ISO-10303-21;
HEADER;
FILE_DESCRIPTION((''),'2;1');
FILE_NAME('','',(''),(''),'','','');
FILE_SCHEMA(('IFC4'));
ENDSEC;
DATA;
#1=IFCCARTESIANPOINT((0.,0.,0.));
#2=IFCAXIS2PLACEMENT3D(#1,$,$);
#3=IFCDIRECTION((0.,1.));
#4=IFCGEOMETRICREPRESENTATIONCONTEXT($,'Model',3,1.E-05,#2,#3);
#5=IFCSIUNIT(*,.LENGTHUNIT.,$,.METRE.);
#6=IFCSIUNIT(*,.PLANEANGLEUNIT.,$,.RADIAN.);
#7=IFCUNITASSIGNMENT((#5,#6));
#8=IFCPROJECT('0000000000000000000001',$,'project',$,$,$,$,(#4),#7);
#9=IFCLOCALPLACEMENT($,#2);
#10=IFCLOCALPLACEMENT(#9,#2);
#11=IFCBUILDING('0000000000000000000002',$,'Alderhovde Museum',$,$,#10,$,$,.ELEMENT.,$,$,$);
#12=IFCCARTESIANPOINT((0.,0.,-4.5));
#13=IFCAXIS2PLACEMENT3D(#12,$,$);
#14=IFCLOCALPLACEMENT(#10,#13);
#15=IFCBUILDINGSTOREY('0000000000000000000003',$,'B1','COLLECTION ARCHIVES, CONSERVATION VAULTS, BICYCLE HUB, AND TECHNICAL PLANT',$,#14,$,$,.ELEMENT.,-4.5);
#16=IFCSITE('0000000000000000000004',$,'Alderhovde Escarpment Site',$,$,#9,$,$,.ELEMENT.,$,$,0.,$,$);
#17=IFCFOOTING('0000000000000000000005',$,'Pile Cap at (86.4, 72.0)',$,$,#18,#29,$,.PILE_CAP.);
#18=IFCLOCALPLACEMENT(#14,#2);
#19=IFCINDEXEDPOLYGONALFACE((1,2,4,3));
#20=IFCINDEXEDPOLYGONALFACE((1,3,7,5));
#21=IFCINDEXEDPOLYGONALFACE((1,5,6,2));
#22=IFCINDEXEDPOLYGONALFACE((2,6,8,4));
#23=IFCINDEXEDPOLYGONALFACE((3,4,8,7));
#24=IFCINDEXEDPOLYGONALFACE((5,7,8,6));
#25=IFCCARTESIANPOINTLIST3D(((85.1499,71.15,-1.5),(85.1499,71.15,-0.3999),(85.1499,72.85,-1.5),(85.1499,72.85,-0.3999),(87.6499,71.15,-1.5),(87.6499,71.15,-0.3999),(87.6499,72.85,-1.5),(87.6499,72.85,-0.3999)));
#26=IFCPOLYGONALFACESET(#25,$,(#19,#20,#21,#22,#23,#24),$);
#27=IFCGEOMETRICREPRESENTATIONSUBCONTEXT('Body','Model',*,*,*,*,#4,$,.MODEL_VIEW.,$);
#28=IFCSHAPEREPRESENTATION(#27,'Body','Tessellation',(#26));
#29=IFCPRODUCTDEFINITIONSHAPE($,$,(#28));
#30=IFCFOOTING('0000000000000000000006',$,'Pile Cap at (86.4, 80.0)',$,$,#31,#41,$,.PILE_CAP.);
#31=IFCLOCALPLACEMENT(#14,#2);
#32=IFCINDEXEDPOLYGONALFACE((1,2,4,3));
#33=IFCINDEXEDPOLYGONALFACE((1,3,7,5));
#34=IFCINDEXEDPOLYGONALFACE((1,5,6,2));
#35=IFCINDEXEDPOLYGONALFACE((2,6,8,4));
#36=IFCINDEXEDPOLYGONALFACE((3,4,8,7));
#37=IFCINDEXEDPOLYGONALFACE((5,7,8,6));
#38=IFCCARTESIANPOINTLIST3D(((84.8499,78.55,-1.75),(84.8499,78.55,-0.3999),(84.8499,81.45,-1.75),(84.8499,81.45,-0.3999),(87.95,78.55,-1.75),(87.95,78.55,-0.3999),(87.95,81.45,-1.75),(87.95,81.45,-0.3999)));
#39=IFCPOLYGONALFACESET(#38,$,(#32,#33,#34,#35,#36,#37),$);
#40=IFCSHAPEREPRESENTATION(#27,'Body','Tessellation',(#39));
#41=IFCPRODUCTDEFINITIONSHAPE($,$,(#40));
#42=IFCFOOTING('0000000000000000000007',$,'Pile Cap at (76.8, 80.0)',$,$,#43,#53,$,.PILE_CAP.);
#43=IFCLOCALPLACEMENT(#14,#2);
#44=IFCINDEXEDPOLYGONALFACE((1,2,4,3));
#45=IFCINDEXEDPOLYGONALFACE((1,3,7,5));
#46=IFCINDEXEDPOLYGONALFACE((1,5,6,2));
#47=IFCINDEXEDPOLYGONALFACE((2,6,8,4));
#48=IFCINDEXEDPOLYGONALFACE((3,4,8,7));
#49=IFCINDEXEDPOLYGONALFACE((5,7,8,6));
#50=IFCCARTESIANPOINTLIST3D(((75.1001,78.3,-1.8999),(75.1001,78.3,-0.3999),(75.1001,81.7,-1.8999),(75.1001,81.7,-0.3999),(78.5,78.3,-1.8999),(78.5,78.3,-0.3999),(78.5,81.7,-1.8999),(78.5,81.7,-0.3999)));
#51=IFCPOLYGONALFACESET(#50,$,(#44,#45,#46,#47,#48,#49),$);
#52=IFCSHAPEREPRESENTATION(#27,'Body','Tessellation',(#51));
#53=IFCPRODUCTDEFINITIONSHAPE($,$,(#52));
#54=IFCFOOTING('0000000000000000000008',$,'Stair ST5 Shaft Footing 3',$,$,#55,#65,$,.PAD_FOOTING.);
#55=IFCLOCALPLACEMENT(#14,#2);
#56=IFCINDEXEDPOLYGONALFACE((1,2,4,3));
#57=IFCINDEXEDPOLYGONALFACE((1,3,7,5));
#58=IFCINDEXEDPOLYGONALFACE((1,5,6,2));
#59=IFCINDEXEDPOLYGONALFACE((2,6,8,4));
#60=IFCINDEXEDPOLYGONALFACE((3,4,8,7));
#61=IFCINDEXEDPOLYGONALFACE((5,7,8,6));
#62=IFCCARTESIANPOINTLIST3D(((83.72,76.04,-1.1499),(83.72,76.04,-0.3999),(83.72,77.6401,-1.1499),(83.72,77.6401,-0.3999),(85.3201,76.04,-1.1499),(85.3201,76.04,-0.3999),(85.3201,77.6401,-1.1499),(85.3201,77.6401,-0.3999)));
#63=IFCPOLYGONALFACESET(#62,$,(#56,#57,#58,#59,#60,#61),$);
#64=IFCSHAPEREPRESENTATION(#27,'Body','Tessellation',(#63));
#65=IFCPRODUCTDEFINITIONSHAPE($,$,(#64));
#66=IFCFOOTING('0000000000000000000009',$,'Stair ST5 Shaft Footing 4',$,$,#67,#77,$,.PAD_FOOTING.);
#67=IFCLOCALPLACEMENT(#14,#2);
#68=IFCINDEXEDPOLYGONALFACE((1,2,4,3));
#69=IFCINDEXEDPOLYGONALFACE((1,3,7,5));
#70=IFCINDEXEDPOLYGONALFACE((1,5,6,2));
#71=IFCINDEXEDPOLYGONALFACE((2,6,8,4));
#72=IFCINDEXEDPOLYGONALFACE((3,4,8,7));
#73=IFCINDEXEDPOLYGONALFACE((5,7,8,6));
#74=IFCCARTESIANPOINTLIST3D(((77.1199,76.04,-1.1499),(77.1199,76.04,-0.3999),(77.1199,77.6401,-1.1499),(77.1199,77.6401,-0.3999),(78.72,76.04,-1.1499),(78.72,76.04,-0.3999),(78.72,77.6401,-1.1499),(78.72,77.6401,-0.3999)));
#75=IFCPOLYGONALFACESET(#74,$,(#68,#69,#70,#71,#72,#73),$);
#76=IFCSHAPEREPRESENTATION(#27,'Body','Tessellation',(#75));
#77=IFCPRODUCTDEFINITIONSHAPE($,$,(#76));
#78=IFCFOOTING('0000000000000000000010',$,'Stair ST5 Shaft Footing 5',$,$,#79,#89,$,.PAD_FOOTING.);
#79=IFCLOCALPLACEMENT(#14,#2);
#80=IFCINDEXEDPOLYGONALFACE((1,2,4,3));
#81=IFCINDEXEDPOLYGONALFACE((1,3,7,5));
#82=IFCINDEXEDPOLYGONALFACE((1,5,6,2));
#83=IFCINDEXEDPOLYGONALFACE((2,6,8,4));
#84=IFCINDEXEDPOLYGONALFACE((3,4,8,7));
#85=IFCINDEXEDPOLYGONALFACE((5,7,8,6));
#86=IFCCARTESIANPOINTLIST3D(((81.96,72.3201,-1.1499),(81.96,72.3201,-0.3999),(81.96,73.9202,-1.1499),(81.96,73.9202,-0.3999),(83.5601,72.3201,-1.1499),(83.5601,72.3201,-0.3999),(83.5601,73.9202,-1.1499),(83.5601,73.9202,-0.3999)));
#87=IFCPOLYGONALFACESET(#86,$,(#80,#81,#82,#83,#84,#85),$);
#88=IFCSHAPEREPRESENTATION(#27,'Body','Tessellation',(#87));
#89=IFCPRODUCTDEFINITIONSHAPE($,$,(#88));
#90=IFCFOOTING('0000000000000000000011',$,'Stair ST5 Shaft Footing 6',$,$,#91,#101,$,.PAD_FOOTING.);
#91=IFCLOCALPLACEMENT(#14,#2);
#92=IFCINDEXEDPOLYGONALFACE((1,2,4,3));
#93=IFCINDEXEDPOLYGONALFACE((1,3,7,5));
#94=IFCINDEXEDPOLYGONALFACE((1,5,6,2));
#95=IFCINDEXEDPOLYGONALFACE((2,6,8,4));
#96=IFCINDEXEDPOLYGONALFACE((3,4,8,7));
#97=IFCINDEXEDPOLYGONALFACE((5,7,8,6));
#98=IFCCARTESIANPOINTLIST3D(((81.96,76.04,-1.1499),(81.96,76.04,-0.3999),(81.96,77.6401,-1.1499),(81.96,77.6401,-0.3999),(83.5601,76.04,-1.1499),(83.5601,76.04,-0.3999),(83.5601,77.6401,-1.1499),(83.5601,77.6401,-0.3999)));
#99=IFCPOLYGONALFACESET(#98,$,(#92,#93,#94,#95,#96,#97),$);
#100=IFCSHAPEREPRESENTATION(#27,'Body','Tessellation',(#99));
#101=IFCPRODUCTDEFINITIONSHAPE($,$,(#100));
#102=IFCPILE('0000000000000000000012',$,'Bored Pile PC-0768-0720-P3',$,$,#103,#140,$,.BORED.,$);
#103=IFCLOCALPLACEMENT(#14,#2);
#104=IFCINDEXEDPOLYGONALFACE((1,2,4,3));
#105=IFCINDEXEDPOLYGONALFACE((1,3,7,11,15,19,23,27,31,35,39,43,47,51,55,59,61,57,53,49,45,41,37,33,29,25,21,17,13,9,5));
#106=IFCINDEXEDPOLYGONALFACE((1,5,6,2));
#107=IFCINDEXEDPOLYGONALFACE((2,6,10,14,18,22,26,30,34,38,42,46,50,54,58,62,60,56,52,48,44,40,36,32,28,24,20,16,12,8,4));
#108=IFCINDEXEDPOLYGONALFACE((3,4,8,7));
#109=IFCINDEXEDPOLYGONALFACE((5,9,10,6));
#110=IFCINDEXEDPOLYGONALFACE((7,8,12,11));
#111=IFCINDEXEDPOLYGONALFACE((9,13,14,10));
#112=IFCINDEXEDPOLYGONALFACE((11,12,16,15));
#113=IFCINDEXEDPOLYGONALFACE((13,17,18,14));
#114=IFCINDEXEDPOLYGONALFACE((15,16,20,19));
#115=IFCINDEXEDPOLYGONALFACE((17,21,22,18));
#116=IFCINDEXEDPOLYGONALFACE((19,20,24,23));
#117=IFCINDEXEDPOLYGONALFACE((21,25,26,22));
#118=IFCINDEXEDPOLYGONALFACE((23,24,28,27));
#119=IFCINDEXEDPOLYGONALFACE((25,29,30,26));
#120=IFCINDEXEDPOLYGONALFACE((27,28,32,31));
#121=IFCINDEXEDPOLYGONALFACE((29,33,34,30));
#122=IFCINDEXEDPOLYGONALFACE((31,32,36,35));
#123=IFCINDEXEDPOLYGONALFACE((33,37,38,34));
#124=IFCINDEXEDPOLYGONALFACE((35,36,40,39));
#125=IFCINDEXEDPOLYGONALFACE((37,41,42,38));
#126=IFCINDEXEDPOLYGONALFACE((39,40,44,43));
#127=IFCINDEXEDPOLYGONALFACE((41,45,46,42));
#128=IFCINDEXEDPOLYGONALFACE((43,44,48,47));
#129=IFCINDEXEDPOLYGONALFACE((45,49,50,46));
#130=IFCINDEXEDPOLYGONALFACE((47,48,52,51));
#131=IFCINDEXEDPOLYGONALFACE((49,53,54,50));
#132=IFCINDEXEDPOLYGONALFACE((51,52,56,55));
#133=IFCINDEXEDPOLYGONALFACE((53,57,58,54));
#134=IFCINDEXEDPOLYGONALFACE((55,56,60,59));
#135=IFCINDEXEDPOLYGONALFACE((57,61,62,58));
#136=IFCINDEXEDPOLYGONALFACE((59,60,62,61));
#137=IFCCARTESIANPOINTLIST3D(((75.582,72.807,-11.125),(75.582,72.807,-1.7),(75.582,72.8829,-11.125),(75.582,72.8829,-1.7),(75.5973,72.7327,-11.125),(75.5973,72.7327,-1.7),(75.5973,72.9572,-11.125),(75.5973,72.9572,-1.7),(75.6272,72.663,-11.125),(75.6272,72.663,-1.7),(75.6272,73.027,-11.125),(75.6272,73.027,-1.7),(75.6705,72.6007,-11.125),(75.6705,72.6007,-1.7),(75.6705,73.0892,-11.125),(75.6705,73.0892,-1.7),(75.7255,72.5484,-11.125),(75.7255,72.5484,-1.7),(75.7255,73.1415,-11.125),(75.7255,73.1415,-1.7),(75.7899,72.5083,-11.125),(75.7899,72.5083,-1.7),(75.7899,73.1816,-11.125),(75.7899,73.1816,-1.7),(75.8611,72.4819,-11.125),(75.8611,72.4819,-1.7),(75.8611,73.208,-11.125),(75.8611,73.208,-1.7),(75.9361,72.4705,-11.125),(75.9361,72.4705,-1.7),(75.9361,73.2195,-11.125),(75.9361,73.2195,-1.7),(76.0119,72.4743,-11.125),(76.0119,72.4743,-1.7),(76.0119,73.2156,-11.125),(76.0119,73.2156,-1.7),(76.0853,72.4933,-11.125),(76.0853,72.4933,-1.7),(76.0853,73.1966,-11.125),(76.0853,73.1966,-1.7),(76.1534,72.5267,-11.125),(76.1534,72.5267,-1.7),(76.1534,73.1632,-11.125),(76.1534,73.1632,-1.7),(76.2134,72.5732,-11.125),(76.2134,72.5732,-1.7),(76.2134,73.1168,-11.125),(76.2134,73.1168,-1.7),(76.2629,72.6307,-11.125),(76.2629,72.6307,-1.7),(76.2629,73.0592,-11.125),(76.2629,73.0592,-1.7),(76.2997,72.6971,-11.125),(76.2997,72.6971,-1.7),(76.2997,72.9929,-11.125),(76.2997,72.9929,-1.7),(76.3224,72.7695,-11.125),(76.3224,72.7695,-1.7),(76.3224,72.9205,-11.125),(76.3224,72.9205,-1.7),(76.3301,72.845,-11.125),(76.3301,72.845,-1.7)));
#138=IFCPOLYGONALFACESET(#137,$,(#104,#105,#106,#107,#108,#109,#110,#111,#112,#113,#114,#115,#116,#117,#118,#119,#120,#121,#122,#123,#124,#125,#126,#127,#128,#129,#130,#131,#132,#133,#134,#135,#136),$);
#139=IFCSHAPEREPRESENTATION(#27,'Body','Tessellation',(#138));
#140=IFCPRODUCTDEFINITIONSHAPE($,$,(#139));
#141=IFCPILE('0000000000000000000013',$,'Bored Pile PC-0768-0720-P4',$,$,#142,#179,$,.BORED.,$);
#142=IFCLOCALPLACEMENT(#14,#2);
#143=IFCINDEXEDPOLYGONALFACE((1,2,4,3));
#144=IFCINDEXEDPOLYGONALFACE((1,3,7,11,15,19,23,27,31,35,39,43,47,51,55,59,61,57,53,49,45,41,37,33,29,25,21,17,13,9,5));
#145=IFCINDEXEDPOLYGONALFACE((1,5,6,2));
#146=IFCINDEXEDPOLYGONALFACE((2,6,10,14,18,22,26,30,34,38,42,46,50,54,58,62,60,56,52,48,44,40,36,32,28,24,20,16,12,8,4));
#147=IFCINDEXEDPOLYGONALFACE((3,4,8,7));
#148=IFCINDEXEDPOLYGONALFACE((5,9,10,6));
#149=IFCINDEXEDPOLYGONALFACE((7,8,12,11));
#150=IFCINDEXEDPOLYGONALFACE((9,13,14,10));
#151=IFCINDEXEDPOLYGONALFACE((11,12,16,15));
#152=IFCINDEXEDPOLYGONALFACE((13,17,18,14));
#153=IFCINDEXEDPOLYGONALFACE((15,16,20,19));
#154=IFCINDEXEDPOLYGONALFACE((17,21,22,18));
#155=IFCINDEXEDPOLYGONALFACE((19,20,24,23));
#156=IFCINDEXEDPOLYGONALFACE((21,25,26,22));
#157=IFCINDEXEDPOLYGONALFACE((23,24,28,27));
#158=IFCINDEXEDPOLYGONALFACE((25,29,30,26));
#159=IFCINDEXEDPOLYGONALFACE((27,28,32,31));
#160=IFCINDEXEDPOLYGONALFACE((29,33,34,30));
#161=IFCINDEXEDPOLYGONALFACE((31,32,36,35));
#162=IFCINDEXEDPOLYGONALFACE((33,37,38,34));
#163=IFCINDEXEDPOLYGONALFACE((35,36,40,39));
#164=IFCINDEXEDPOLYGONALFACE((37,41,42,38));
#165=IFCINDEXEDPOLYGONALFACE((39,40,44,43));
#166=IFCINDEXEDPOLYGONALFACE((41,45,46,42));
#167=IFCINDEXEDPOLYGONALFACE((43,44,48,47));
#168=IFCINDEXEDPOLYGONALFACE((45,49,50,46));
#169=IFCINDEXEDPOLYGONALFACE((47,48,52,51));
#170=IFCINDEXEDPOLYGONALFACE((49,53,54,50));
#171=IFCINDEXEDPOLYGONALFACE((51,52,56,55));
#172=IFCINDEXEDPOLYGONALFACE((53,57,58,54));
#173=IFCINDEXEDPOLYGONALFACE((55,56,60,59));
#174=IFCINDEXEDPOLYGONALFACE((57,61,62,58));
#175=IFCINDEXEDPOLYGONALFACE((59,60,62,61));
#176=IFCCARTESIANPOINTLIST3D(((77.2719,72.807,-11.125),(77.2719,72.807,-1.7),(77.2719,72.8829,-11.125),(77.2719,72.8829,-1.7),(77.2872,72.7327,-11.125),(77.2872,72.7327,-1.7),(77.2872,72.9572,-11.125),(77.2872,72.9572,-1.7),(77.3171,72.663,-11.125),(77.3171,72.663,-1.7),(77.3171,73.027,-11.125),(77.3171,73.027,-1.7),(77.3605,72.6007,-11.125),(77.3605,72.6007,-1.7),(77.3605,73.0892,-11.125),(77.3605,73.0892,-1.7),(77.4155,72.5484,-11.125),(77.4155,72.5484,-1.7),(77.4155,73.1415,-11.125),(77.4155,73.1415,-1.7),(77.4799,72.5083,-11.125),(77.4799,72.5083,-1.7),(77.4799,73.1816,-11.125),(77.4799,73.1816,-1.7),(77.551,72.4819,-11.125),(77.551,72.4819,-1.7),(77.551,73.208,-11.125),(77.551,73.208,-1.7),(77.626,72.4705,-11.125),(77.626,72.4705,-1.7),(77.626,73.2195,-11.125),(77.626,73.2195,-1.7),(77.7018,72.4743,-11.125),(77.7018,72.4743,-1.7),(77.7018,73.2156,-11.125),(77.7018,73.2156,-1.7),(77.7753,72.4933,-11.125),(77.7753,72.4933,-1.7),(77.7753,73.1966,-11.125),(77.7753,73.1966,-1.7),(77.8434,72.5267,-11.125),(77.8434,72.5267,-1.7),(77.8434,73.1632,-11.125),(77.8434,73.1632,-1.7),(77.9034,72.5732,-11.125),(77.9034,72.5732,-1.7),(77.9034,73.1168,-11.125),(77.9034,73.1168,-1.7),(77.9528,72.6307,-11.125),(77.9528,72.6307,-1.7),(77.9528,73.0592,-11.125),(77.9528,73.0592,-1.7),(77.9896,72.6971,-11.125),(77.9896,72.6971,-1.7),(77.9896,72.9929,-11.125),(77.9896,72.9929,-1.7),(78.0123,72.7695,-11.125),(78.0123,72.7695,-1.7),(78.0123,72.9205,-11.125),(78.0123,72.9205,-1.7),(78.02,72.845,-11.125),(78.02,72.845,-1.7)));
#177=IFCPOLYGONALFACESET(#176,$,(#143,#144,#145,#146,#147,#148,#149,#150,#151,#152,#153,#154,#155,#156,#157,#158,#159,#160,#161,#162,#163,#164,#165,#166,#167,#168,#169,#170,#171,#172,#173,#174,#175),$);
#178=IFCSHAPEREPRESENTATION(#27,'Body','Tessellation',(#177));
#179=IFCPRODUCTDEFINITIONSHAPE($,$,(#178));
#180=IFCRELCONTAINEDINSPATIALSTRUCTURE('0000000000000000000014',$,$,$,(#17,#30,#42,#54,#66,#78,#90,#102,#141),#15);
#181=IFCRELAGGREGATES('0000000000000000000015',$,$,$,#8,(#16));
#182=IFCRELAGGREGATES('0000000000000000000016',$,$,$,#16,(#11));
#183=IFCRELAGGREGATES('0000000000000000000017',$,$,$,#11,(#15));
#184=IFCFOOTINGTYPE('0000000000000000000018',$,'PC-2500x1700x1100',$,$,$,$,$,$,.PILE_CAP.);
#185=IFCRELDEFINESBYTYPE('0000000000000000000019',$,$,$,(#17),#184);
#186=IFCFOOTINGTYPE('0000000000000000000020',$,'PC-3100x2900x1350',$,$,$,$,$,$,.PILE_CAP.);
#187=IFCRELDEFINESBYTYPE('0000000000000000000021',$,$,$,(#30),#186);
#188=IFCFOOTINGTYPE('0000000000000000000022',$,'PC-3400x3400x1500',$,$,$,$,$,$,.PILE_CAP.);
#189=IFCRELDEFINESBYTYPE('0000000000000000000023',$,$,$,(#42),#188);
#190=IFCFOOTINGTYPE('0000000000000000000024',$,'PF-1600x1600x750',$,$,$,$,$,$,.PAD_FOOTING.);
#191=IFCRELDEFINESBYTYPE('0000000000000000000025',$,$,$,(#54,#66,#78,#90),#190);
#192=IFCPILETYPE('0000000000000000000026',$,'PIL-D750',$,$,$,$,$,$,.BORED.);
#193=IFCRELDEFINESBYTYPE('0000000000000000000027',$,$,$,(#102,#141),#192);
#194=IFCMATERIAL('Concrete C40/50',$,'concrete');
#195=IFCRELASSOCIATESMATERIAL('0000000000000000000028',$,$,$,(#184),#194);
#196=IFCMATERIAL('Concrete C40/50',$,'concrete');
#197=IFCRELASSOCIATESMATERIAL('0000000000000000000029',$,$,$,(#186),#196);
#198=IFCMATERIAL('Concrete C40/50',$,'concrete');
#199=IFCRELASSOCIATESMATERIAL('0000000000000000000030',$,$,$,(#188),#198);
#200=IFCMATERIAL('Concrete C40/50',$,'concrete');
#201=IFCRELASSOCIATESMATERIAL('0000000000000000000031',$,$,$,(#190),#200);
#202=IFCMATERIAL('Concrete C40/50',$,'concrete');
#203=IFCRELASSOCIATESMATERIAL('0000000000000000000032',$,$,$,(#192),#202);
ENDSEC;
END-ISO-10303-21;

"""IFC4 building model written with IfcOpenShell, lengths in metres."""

from ifc_helpers import new_model, si_unit, direction, frame, origin, origin_2d, place, context, subcontext, project, spatial, rectangle, circle, extrude, material, material_profile, profile_set, type_object, element, save


model = new_model("IFC4")

# Units and contexts
model_context = context("Model", 3, precision=1e-05, world=origin(), true_north=direction((0.0, 1.0)))
body_context = subcontext(model_context, "Body", "Model", "MODEL_VIEW")
ifc_project = project(units=[si_unit("LENGTHUNIT", "METRE"), si_unit("PLANEANGLEUNIT", "RADIAN")], contexts=[model_context])

# Site, building, storey
site_placement = place(None, origin())
site = spatial("IfcSite", under=ifc_project, at=site_placement, Name="Alderhovde Escarpment Site", CompositionType="ELEMENT", RefElevation=0.0)
building_placement = place(site_placement, origin())
building = spatial("IfcBuilding", under=site, at=building_placement, Name="Alderhovde Museum", CompositionType="ELEMENT")
storey_placement = place(building_placement, frame((0.0, 0.0, -4.5)))
storey = spatial("IfcBuildingStorey", under=building, at=storey_placement, Name="B1", Description="COLLECTION ARCHIVES, CONSERVATION VAULTS, BICYCLE HUB, AND TECHNICAL PLANT", CompositionType="ELEMENT", Elevation=-4.5)

# Footings
ifc_material_1 = material(Name="Concrete C40/50", Category="concrete")
footing_type_1 = type_object("IfcFootingType", Name="PC-2500x1700x1100", PredefinedType="PILE_CAP", material=ifc_material_1)
footing_1_placement = place(storey_placement, frame((86.3999, 72.0, -1.5), z_axis=(0.0, 0.0, 1.0), x_axis=(1.0, 0.0, 0.0)))
element("IfcFooting", 1, at=footing_1_placement, inside=storey, type_object=footing_type_1, Name="Pile Cap at (86.4, 72.0)", PredefinedType="PILE_CAP", context=body_context, shape_type="SweptSolid", body=[
    extrude(rectangle(XDim=2.5, YDim=1.7, at=origin_2d()), origin(), (0.0, 0.0, 1.0), 1.1001),
])
ifc_material_2 = material(Name="Concrete C40/50", Category="concrete")
footing_type_2 = type_object("IfcFootingType", Name="PC-3100x2900x1350", PredefinedType="PILE_CAP", material=ifc_material_2)
footing_2_placement = place(storey_placement, frame((86.3999, 80.0, -1.75), z_axis=(0.0, 0.0, 1.0), x_axis=(1.0, 0.0, 0.0)))
element("IfcFooting", 2, at=footing_2_placement, inside=storey, type_object=footing_type_2, Name="Pile Cap at (86.4, 80.0)", PredefinedType="PILE_CAP", context=body_context, shape_type="SweptSolid", body=[
    extrude(rectangle(XDim=3.1001, YDim=2.8999, at=origin_2d()), origin(), (0.0, 0.0, 1.0), 1.3501),
])
ifc_material_3 = material(Name="Concrete C40/50", Category="concrete")
footing_type_3 = type_object("IfcFootingType", Name="PC-3400x3400x1500", PredefinedType="PILE_CAP", material=ifc_material_3)
footing_3_placement = place(storey_placement, frame((76.8, 80.0, -1.8999), z_axis=(0.0, 0.0, 1.0), x_axis=(1.0, 0.0, 0.0)))
element("IfcFooting", 3, at=footing_3_placement, inside=storey, type_object=footing_type_3, Name="Pile Cap at (76.8, 80.0)", PredefinedType="PILE_CAP", context=body_context, shape_type="SweptSolid", body=[
    extrude(rectangle(XDim=3.3999, YDim=3.3999, at=origin_2d()), origin(), (0.0, 0.0, 1.0), 1.5),
])
ifc_material_4 = material(Name="Concrete C40/50", Category="concrete")
footing_type_4 = type_object("IfcFootingType", Name="PF-1600x1600x750", PredefinedType="PAD_FOOTING", material=ifc_material_4)
for number, where, z_axis, x_axis, name in (
    (4, (84.52, 76.8401, -1.1499), (0.0, 0.0, 1.0), (1.0, 0.0, 0.0), "Stair ST5 Shaft Footing 3"),
    (5, (77.9199, 76.8401, -1.1499), (0.0, 0.0, 1.0), (1.0, 0.0, 0.0), "Stair ST5 Shaft Footing 4"),
    (6, (82.76, 73.1201, -1.1499), (0.0, 0.0, 1.0), (1.0, 0.0, 0.0), "Stair ST5 Shaft Footing 5"),
    (7, (82.76, 76.8401, -1.1499), (0.0, 0.0, 1.0), (1.0, 0.0, 0.0), "Stair ST5 Shaft Footing 6"),
):
    element("IfcFooting", number, at=place(storey_placement, frame(where, z_axis=z_axis, x_axis=x_axis)), inside=storey, type_object=footing_type_4, Name=name, PredefinedType="PAD_FOOTING", context=body_context, shape_type="SweptSolid", body=[
        extrude(rectangle(XDim=1.6001, YDim=1.6001, at=origin_2d()), origin(), (0.0, 0.0, 1.0), 0.75),
    ])

# Piles
ifc_material_5 = material(Name="Concrete C40/50", Category="concrete")
ifc_material_profile_1 = material_profile(ifc_material_5, circle(Radius=0.375, at=origin_2d()), Name="PILE-D750")
ifc_profile_set_1 = profile_set([ifc_material_profile_1], Name="Concrete C40/50")
pile_type_1 = type_object("IfcPileType", Name="PIL-D750", PredefinedType="BORED", material=ifc_profile_set_1)
for number, where, z_axis, x_axis, name in (
    (8, (75.9551, 72.845, -1.7), (0.0, 0.0, -1.0), (1.0, 0.0, 0.0), "Bored Pile PC-0768-0720-P3"),
    (9, (77.645, 72.845, -1.7), (0.0, 0.0, -1.0), (1.0, 0.0, 0.0), "Bored Pile PC-0768-0720-P4"),
):
    element("IfcPile", number, at=place(storey_placement, frame(where, z_axis=z_axis, x_axis=x_axis)), inside=storey, type_object=pile_type_1, Name=name, PredefinedType="BORED", context=body_context, shape_type="SweptSolid", body=[
        extrude(circle(Radius=0.375, at=origin_2d()), origin(), (0.0, 0.0, 1.0), 9.425),
    ])

save(model, "model.ifc")
